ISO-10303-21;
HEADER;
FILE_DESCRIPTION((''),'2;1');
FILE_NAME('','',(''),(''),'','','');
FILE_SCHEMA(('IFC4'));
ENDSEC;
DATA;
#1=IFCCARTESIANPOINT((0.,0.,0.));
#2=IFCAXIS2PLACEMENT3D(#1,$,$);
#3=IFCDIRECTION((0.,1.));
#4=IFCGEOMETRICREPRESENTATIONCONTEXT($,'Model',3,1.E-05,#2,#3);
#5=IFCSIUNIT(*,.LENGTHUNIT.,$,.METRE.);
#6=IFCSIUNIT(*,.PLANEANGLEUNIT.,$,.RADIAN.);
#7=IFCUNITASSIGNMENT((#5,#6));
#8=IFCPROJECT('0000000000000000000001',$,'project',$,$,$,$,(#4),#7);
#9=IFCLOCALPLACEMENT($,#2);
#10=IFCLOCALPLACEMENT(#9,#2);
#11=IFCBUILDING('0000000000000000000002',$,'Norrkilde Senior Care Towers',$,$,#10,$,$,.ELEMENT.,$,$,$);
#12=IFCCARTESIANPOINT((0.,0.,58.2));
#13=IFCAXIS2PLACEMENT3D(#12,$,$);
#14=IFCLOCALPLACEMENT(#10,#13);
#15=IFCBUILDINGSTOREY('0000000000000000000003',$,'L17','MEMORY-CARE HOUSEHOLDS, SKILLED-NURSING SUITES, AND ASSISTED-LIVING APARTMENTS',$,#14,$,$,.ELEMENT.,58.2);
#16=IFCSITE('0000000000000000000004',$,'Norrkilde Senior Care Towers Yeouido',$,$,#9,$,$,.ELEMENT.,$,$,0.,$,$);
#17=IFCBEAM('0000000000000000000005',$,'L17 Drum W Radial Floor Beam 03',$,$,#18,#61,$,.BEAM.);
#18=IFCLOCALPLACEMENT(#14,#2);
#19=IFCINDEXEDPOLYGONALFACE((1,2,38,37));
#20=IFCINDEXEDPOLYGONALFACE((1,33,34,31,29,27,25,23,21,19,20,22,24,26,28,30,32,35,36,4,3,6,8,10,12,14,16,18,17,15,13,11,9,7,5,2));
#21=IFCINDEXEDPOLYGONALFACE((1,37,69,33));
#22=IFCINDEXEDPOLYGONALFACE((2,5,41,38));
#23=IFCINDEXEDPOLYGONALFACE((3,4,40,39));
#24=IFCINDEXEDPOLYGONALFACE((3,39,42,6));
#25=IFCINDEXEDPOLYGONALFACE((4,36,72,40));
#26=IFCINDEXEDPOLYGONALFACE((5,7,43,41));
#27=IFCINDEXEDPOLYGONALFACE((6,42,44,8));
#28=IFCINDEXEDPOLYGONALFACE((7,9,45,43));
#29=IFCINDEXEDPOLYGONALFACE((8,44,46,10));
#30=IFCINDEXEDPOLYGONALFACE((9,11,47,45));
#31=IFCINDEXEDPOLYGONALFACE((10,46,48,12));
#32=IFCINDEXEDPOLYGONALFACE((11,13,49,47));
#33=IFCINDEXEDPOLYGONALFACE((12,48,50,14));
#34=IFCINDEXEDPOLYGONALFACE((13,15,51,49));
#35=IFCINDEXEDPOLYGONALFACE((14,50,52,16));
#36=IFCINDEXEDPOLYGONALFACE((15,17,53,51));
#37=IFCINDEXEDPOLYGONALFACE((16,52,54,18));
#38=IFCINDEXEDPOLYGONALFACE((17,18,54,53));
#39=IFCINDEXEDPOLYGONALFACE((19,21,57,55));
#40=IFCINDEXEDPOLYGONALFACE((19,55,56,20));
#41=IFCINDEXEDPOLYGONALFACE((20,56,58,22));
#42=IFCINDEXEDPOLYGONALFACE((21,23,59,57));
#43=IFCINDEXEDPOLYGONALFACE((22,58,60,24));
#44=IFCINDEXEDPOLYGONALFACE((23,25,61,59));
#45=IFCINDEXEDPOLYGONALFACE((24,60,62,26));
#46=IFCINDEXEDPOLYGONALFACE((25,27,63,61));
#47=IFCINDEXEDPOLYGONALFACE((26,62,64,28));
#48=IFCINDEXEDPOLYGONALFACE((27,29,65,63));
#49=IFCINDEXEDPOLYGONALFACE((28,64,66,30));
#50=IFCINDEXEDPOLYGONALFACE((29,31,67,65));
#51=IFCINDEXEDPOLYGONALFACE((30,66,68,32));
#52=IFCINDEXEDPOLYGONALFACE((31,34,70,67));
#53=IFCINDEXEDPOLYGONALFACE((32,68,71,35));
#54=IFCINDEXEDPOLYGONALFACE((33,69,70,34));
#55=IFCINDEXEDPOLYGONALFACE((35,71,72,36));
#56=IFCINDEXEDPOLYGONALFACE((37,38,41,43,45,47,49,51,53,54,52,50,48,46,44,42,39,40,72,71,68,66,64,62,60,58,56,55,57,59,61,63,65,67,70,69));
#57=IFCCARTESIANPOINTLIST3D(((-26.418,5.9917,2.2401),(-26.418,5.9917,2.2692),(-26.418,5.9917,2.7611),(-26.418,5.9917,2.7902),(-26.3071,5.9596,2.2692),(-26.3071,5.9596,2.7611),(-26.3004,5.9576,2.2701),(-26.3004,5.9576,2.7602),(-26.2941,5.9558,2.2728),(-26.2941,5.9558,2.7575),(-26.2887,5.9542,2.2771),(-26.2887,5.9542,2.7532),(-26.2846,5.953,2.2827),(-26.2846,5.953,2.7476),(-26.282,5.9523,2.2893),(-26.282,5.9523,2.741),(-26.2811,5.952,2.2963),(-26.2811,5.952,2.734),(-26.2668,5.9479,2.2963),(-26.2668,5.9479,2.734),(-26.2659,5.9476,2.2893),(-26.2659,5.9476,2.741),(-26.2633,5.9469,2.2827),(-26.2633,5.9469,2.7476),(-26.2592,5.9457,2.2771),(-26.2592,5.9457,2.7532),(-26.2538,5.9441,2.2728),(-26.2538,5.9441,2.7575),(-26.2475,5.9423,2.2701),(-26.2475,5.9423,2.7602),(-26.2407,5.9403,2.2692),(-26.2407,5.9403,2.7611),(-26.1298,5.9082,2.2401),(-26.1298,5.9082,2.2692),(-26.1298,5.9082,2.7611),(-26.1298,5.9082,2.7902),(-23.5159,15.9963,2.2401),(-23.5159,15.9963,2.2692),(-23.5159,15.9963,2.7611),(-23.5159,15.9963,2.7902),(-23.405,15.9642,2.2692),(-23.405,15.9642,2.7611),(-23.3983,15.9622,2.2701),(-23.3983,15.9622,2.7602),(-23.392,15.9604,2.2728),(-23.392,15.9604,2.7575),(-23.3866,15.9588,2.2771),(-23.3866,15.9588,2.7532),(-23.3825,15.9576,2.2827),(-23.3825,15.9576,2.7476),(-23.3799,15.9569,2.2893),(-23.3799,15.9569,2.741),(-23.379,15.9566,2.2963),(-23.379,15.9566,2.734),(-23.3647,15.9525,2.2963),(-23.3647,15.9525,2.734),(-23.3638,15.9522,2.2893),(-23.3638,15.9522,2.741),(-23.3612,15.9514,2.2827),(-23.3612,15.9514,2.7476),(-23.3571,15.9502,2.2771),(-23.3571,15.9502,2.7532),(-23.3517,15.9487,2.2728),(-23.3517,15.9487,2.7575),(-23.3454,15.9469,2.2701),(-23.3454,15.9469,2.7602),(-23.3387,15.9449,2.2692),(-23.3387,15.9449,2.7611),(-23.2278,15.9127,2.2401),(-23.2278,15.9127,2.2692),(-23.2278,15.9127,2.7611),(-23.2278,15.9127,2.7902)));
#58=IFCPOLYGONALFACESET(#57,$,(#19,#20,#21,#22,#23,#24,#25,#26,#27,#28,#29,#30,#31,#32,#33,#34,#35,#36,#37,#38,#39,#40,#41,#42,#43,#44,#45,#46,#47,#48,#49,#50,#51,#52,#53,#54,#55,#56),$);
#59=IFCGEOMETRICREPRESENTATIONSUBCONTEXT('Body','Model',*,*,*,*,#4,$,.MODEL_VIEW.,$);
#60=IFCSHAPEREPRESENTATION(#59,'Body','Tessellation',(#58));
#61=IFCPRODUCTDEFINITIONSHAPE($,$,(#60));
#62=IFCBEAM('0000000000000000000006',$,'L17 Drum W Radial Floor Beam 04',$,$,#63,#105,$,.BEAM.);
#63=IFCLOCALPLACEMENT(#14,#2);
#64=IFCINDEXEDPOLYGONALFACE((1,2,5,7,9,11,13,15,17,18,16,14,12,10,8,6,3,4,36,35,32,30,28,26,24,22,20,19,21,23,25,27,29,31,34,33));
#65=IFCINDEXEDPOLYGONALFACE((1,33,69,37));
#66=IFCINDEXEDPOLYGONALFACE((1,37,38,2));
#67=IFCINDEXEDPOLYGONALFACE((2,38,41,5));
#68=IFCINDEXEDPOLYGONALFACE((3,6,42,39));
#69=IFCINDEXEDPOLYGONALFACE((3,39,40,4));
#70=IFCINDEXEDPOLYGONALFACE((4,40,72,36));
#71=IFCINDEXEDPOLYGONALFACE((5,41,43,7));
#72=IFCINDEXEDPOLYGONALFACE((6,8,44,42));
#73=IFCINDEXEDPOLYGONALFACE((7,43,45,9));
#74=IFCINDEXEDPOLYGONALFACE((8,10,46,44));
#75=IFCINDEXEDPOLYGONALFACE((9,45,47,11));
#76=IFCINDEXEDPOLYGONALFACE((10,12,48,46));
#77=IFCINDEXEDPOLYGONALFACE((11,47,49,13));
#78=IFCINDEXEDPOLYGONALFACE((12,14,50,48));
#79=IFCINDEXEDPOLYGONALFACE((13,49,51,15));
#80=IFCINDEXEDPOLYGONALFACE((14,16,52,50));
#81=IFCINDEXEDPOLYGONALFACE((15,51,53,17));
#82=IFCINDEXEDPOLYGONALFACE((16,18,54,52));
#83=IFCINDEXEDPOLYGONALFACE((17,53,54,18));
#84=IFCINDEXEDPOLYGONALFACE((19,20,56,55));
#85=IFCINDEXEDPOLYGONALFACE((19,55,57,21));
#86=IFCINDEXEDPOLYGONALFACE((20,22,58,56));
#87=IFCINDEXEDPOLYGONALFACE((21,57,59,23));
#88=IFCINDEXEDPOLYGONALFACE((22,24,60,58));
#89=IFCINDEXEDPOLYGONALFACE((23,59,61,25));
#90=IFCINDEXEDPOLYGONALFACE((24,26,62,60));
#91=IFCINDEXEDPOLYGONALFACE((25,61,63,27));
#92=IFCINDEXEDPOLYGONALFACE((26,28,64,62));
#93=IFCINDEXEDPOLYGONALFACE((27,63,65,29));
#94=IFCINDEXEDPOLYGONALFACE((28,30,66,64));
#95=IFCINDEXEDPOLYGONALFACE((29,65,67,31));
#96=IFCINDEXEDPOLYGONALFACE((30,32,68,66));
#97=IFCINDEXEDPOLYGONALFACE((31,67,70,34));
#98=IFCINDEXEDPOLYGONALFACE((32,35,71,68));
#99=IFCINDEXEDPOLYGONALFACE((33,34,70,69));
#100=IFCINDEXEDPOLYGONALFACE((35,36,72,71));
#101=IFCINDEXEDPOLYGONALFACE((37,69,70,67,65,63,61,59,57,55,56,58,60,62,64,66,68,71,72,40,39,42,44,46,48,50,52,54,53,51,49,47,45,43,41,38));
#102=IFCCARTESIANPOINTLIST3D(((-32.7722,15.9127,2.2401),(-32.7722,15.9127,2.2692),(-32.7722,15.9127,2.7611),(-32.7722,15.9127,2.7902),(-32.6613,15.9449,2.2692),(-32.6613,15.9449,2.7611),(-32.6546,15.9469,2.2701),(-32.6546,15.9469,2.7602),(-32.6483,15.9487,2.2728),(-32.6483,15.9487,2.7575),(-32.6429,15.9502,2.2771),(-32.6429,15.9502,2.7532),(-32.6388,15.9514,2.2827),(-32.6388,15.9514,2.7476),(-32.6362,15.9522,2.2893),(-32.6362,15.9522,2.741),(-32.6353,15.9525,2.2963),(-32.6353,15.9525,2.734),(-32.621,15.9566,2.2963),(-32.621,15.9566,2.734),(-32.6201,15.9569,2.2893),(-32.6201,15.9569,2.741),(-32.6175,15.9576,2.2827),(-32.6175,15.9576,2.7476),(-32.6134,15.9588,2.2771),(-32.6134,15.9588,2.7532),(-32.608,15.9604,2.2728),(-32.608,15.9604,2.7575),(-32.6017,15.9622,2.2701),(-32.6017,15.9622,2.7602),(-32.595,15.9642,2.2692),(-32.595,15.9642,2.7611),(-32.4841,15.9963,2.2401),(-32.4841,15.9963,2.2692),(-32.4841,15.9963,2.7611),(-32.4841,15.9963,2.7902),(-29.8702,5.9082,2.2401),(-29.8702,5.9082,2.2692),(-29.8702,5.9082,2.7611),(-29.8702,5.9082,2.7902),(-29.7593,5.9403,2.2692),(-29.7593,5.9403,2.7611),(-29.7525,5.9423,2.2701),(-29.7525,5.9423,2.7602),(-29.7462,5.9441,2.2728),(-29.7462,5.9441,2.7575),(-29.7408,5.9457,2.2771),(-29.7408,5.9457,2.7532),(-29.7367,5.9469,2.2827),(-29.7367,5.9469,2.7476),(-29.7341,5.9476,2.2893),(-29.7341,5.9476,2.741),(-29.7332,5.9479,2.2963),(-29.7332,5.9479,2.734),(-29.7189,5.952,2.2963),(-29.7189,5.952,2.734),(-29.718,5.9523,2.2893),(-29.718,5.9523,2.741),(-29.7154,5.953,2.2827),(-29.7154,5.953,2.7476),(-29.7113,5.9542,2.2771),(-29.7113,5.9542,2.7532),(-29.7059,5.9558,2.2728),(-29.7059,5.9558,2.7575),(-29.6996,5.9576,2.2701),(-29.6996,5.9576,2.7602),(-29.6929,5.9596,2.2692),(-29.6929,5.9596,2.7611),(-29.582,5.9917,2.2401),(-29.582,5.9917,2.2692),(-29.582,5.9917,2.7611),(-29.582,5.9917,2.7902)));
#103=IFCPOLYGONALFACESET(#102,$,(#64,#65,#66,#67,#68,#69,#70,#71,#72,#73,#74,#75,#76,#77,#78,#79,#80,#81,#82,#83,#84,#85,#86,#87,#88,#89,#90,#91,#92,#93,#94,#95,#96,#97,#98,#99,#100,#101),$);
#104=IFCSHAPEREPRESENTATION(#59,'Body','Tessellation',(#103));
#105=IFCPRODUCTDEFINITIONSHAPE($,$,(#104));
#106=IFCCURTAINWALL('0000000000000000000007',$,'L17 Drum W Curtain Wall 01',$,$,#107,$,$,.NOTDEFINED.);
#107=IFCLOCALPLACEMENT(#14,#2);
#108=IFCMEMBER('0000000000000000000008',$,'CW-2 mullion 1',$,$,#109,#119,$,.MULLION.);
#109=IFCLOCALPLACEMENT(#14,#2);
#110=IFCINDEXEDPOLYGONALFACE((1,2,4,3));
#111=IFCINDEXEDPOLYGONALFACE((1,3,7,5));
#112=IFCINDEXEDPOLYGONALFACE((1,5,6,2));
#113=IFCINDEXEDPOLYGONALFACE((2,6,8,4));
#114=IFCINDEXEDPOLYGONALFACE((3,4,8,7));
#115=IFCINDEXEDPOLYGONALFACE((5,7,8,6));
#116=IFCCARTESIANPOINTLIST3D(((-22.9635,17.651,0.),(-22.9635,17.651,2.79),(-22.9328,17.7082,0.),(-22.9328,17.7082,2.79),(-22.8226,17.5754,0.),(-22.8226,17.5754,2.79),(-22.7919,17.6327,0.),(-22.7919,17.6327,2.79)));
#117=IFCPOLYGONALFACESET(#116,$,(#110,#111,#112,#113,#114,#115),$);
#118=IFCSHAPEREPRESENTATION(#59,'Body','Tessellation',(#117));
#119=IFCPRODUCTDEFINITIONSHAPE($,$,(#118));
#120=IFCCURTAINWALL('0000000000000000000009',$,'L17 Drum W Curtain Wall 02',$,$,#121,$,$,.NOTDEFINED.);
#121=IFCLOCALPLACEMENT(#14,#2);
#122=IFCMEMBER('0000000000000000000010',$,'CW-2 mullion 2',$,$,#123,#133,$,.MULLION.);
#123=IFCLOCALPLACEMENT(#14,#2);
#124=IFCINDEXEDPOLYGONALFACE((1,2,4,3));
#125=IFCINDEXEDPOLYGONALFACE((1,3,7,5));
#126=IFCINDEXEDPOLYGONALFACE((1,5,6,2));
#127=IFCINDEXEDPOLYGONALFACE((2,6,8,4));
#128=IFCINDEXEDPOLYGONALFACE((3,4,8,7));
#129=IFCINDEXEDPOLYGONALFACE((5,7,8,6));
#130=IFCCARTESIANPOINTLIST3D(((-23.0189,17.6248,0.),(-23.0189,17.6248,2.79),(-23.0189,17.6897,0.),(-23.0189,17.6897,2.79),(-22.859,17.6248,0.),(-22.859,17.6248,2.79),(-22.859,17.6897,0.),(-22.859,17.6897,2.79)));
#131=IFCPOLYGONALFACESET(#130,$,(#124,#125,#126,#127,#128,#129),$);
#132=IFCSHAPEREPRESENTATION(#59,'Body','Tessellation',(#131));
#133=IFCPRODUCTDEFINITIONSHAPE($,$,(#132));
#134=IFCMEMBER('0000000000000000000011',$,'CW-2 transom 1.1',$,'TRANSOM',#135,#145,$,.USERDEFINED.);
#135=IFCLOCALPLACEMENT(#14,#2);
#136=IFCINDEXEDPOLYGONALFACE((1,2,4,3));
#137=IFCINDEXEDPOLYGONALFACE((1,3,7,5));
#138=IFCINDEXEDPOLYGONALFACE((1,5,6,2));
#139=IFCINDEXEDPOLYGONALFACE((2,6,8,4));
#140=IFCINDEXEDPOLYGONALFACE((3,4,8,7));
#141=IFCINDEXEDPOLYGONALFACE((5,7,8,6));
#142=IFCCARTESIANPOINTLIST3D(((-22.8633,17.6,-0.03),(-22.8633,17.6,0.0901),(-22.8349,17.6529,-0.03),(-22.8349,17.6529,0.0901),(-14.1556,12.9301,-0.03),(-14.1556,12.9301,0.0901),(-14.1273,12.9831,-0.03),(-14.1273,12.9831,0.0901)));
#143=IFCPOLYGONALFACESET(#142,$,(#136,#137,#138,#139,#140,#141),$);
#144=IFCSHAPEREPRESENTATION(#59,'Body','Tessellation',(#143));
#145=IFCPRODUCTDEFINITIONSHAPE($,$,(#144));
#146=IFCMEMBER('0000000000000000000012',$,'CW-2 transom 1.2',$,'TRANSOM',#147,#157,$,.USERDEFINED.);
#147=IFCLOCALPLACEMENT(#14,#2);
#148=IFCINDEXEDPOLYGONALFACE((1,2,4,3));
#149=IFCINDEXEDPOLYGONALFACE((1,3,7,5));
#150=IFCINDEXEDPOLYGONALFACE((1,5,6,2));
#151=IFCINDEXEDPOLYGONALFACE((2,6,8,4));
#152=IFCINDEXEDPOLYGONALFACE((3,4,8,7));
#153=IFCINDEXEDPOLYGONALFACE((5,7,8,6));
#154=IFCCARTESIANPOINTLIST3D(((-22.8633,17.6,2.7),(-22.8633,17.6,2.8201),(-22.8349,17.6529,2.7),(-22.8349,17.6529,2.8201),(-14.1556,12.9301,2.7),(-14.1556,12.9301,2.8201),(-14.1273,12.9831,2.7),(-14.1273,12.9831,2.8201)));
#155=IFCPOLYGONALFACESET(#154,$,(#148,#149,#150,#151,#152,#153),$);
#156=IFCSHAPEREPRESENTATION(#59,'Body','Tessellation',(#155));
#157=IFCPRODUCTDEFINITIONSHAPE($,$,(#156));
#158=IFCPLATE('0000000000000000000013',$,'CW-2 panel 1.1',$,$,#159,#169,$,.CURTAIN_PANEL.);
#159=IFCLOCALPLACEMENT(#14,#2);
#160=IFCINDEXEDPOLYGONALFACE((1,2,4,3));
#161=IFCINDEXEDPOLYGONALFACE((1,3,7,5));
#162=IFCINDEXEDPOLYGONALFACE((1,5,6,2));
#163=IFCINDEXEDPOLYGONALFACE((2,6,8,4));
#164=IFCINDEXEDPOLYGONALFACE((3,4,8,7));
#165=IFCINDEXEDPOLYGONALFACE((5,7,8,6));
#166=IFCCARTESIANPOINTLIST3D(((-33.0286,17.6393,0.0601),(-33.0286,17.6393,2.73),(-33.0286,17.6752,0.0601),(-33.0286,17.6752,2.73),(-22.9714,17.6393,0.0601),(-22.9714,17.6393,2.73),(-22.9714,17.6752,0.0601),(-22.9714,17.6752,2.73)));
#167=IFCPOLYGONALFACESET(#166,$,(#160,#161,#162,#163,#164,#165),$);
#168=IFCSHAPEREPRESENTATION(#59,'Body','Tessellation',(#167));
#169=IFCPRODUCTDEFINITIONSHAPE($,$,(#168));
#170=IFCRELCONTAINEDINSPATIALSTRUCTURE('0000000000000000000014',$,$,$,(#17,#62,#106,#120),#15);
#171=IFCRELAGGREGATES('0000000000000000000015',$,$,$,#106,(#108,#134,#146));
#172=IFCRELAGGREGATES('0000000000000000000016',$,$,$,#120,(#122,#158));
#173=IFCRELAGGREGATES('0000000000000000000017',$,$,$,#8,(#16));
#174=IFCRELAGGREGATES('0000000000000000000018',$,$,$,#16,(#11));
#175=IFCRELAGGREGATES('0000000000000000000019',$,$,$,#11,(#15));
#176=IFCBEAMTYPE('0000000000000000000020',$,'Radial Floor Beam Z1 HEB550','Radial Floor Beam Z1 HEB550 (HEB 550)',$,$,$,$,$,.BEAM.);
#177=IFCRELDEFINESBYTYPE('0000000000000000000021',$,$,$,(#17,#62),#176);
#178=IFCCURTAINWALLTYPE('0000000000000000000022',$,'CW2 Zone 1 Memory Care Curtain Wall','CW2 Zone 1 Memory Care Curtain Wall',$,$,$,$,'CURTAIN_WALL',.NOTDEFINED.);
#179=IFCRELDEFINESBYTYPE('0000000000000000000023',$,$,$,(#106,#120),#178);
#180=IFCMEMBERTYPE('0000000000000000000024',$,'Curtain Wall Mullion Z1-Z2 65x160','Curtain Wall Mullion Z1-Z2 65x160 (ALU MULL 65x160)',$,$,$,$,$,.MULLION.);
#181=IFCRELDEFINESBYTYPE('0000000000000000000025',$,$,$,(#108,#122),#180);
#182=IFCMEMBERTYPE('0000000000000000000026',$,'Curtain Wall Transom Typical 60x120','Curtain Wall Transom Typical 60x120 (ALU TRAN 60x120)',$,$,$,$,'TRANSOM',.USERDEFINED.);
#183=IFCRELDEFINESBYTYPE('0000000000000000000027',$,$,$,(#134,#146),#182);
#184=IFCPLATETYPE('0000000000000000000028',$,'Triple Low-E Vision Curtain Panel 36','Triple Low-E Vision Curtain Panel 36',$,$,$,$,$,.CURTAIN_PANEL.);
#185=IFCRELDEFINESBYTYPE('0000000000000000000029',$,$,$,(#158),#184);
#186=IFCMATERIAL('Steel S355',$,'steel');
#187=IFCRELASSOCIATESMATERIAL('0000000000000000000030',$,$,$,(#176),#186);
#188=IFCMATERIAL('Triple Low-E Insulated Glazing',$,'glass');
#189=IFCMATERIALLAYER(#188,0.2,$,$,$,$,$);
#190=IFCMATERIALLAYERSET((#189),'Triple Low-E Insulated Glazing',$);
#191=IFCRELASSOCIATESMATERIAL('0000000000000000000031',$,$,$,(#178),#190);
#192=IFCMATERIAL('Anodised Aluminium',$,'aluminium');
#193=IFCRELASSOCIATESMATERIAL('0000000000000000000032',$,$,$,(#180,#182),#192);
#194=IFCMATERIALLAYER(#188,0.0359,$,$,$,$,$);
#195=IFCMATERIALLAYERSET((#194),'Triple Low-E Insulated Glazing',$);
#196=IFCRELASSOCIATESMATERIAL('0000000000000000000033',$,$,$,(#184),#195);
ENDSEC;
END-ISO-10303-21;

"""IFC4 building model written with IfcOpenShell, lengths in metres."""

from ifc_helpers import new_model, si_unit, direction, frame, origin, origin_2d, place, context, subcontext, project, spatial, rectangle, i_section, extrude, source, transform, mapped, material, layer, layer_set, material_profile, profile_set, type_object, type_shapes, element, aggregate, save


model = new_model("IFC4")

# Units and contexts
model_context = context("Model", 3, precision=1e-05, world=origin(), true_north=direction((0.0, 1.0)))
body_context = subcontext(model_context, "Body", "Model", "MODEL_VIEW")
ifc_project = project(units=[si_unit("LENGTHUNIT", "METRE"), si_unit("PLANEANGLEUNIT", "RADIAN")], contexts=[model_context])

# Site, building, storey
site_placement = place(None, origin())
site = spatial("IfcSite", under=ifc_project, at=site_placement, Name="Norrkilde Senior Care Towers Yeouido", CompositionType="ELEMENT", RefElevation=0.0)
building_placement = place(site_placement, origin())
building = spatial("IfcBuilding", under=site, at=building_placement, Name="Norrkilde Senior Care Towers", CompositionType="ELEMENT")
storey_placement = place(building_placement, frame((0.0, 0.0, 58.2)))
storey = spatial("IfcBuildingStorey", under=building, at=storey_placement, Name="L17", Description="MEMORY-CARE HOUSEHOLDS, SKILLED-NURSING SUITES, AND ASSISTED-LIVING APARTMENTS", CompositionType="ELEMENT", Elevation=58.2)

# Beams
ifc_material_1 = material(Name="Steel S355", Category="steel")
ifc_material_profile_1 = material_profile(ifc_material_1, i_section(OverallWidth=0.3, OverallDepth=0.55, WebThickness=0.0149, FlangeThickness=0.0291, FilletRadius=0.0271, at=origin_2d()), Name="HEB 550")
ifc_profile_set_1 = profile_set([ifc_material_profile_1], Name="Steel S355")
beam_type_1 = type_object("IfcBeamType", Name="Radial Floor Beam Z1 HEB550", Description="Radial Floor Beam Z1 HEB550 (HEB 550)", PredefinedType="BEAM", material=ifc_profile_set_1)
shared_shape_1 = source(origin(), body_context, "Body", "SweptSolid", [
    extrude(i_section(OverallWidth=0.3, OverallDepth=0.55, WebThickness=0.0149, FlangeThickness=0.0291, FilletRadius=0.0271, at=origin_2d()), origin(), (0.0, 0.0, 1.0), 10.417),
])
for number, where, z_axis, x_axis, name in (
    (1, (-26.2739, 5.95, 2.5151), (0.278591, 0.96041, 0.0), (-0.96041, 0.278591, 0.0), "L17 Drum W Radial Floor Beam 03"),
    (2, (-29.7261, 5.95, 2.5151), (-0.278591, 0.96041, 0.0), (-0.96041, -0.278591, 0.0), "L17 Drum W Radial Floor Beam 04"),
):
    element("IfcBeam", number, at=place(storey_placement, frame(where, z_axis=z_axis, x_axis=x_axis)), inside=storey, type_object=beam_type_1, Name=name, PredefinedType="BEAM", context=body_context, shape_type="MappedRepresentation", body=[
        mapped(shared_shape_1, transform((0.0, 0.0, 0.0), x_axis=(1.0, 0.0, 0.0), y_axis=(0.0, 1.0, 0.0), z_axis=(0.0, 0.0, 1.0), scale=1.0)),
    ])

# Curtain walls, members
ifc_material_2 = material(Name="Triple Low-E Insulated Glazing", Category="glass")
ifc_layer_1 = layer(ifc_material_2, 0.2)
ifc_layer_set_1 = layer_set([ifc_layer_1], Name="Triple Low-E Insulated Glazing")
curtain_wall_type = type_object("IfcCurtainWallType", Name="CW2 Zone 1 Memory Care Curtain Wall", Description="CW2 Zone 1 Memory Care Curtain Wall", ElementType="CURTAIN_WALL", PredefinedType="NOTDEFINED", material=ifc_layer_set_1)
curtain_wall_1_placement = place(storey_placement, origin())
curtain_wall_1 = element("IfcCurtainWall", 3, at=curtain_wall_1_placement, inside=storey, type_object=curtain_wall_type, Name="L17 Drum W Curtain Wall 01", PredefinedType="NOTDEFINED")
ifc_material_3 = material(Name="Anodised Aluminium", Category="aluminium")
ifc_material_profile_2 = material_profile(ifc_material_3, rectangle(XDim=0.0649, YDim=0.1599, at=origin_2d()), Name="ALU MULL 65x160")
ifc_profile_set_2 = profile_set([ifc_material_profile_2], Name="Anodised Aluminium")
member_type_1 = type_object("IfcMemberType", Name="Curtain Wall Mullion Z1-Z2 65x160", Description="Curtain Wall Mullion Z1-Z2 65x160 (ALU MULL 65x160)", PredefinedType="MULLION", material=ifc_profile_set_2)
shared_shape_2 = source(origin(), body_context, "Body", "SweptSolid", [
    extrude(rectangle(XDim=0.0649, YDim=0.1599, at=origin_2d()), origin(), (0.0, 0.0, 1.0), 2.79),
])
type_shapes(member_type_1, [shared_shape_2])
member_1_placement = place(storey_placement, frame((-22.8777, 17.6418, 0.0), z_axis=(0.0, 0.0, 1.0), x_axis=(0.472608, 0.881273, 0.0)))
member_1 = element("IfcMember", 4, at=member_1_placement, type_object=member_type_1, Name="CW-2 mullion 1", PredefinedType="MULLION", context=body_context, shape_type="MappedRepresentation", body=[
    mapped(shared_shape_2, transform((0.0, 0.0, 0.0), x_axis=(1.0, 0.0, 0.0), y_axis=(0.0, 1.0, 0.0), z_axis=(0.0, 0.0, 1.0), scale=1.0)),
])
curtain_wall_2_placement = place(storey_placement, origin())
curtain_wall_2 = element("IfcCurtainWall", 5, at=curtain_wall_2_placement, inside=storey, type_object=curtain_wall_type, Name="L17 Drum W Curtain Wall 02", PredefinedType="NOTDEFINED")
member_2_placement = place(storey_placement, frame((-22.939, 17.6572, 0.0), z_axis=(0.0, 0.0, 1.0), x_axis=(0.0, 1.0, 0.0)))
member_2 = element("IfcMember", 6, at=member_2_placement, type_object=member_type_1, Name="CW-2 mullion 2", PredefinedType="MULLION", context=body_context, shape_type="MappedRepresentation", body=[
    mapped(shared_shape_2, transform((0.0, 0.0, 0.0), x_axis=(1.0, 0.0, 0.0), y_axis=(0.0, 1.0, 0.0), z_axis=(0.0, 0.0, 1.0), scale=1.0)),
])

# Members
ifc_material_profile_3 = material_profile(ifc_material_3, rectangle(XDim=0.0601, YDim=0.1201, at=origin_2d()), Name="ALU TRAN 60x120")
ifc_profile_set_3 = profile_set([ifc_material_profile_3], Name="Anodised Aluminium")
member_type_2 = type_object("IfcMemberType", Name="Curtain Wall Transom Typical 60x120", Description="Curtain Wall Transom Typical 60x120 (ALU TRAN 60x120)", ElementType="TRANSOM", PredefinedType="USERDEFINED", material=ifc_profile_set_3)
shared_shape_3 = source(origin(), body_context, "Body", "SweptSolid", [
    extrude(rectangle(XDim=0.0601, YDim=0.1201, at=origin_2d()), origin(), (0.0, 0.0, 1.0), 9.8809),
])
type_shapes(member_type_2, [shared_shape_3])
member_3_placement = place(storey_placement, frame((-22.8491, 17.6265, 0.03), z_axis=(0.881267, -0.472618, 0.0), x_axis=(0.472618, 0.881267, 0.0)))
member_3 = element("IfcMember", 7, at=member_3_placement, type_object=member_type_2, Name="CW-2 transom 1.1", ObjectType="TRANSOM", PredefinedType="USERDEFINED", context=body_context, shape_type="MappedRepresentation", body=[
    mapped(shared_shape_3, transform((0.0, 0.0, 0.0), x_axis=(1.0, 0.0, 0.0), y_axis=(0.0, 1.0, 0.0), z_axis=(0.0, 0.0, 1.0), scale=1.0)),
])
member_4_placement = place(storey_placement, frame((-22.8491, 17.6265, 2.76), z_axis=(0.881267, -0.472618, 0.0), x_axis=(0.472618, 0.881267, 0.0)))
member_4 = element("IfcMember", 8, at=member_4_placement, type_object=member_type_2, Name="CW-2 transom 1.2", ObjectType="TRANSOM", PredefinedType="USERDEFINED", context=body_context, shape_type="MappedRepresentation", body=[
    mapped(shared_shape_3, transform((0.0, 0.0, 0.0), x_axis=(1.0, 0.0, 0.0), y_axis=(0.0, 1.0, 0.0), z_axis=(0.0, 0.0, 1.0), scale=1.0)),
])
aggregate(curtain_wall_1, [member_1, member_3, member_4])

# Plate
ifc_layer_2 = layer(ifc_material_2, 0.0359)
ifc_layer_set_2 = layer_set([ifc_layer_2], Name="Triple Low-E Insulated Glazing")
plate_type = type_object("IfcPlateType", Name="Triple Low-E Vision Curtain Panel 36", Description="Triple Low-E Vision Curtain Panel 36", PredefinedType="CURTAIN_PANEL", material=ifc_layer_set_2)
shared_shape_4 = source(origin(), body_context, "Body", "SweptSolid", [
    extrude(rectangle(XDim=10.0571, YDim=0.0359, at=origin_2d()), origin(), (0.0, 0.0, 1.0), 2.6699),
])
type_shapes(plate_type, [shared_shape_4])
plate_placement = place(storey_placement, frame((-28.0, 17.6572, 0.0601), z_axis=(0.0, 0.0, 1.0), x_axis=(1.0, 0.0, 0.0)))
plate = element("IfcPlate", 9, at=plate_placement, type_object=plate_type, Name="CW-2 panel 1.1", PredefinedType="CURTAIN_PANEL", context=body_context, shape_type="MappedRepresentation", body=[
    mapped(shared_shape_4, transform((0.0, 0.0, 0.0), x_axis=(1.0, 0.0, 0.0), y_axis=(0.0, 1.0, 0.0), z_axis=(0.0, 0.0, 1.0), scale=1.0)),
])
aggregate(curtain_wall_2, [member_2, plate])

save(model, "model.ifc")
